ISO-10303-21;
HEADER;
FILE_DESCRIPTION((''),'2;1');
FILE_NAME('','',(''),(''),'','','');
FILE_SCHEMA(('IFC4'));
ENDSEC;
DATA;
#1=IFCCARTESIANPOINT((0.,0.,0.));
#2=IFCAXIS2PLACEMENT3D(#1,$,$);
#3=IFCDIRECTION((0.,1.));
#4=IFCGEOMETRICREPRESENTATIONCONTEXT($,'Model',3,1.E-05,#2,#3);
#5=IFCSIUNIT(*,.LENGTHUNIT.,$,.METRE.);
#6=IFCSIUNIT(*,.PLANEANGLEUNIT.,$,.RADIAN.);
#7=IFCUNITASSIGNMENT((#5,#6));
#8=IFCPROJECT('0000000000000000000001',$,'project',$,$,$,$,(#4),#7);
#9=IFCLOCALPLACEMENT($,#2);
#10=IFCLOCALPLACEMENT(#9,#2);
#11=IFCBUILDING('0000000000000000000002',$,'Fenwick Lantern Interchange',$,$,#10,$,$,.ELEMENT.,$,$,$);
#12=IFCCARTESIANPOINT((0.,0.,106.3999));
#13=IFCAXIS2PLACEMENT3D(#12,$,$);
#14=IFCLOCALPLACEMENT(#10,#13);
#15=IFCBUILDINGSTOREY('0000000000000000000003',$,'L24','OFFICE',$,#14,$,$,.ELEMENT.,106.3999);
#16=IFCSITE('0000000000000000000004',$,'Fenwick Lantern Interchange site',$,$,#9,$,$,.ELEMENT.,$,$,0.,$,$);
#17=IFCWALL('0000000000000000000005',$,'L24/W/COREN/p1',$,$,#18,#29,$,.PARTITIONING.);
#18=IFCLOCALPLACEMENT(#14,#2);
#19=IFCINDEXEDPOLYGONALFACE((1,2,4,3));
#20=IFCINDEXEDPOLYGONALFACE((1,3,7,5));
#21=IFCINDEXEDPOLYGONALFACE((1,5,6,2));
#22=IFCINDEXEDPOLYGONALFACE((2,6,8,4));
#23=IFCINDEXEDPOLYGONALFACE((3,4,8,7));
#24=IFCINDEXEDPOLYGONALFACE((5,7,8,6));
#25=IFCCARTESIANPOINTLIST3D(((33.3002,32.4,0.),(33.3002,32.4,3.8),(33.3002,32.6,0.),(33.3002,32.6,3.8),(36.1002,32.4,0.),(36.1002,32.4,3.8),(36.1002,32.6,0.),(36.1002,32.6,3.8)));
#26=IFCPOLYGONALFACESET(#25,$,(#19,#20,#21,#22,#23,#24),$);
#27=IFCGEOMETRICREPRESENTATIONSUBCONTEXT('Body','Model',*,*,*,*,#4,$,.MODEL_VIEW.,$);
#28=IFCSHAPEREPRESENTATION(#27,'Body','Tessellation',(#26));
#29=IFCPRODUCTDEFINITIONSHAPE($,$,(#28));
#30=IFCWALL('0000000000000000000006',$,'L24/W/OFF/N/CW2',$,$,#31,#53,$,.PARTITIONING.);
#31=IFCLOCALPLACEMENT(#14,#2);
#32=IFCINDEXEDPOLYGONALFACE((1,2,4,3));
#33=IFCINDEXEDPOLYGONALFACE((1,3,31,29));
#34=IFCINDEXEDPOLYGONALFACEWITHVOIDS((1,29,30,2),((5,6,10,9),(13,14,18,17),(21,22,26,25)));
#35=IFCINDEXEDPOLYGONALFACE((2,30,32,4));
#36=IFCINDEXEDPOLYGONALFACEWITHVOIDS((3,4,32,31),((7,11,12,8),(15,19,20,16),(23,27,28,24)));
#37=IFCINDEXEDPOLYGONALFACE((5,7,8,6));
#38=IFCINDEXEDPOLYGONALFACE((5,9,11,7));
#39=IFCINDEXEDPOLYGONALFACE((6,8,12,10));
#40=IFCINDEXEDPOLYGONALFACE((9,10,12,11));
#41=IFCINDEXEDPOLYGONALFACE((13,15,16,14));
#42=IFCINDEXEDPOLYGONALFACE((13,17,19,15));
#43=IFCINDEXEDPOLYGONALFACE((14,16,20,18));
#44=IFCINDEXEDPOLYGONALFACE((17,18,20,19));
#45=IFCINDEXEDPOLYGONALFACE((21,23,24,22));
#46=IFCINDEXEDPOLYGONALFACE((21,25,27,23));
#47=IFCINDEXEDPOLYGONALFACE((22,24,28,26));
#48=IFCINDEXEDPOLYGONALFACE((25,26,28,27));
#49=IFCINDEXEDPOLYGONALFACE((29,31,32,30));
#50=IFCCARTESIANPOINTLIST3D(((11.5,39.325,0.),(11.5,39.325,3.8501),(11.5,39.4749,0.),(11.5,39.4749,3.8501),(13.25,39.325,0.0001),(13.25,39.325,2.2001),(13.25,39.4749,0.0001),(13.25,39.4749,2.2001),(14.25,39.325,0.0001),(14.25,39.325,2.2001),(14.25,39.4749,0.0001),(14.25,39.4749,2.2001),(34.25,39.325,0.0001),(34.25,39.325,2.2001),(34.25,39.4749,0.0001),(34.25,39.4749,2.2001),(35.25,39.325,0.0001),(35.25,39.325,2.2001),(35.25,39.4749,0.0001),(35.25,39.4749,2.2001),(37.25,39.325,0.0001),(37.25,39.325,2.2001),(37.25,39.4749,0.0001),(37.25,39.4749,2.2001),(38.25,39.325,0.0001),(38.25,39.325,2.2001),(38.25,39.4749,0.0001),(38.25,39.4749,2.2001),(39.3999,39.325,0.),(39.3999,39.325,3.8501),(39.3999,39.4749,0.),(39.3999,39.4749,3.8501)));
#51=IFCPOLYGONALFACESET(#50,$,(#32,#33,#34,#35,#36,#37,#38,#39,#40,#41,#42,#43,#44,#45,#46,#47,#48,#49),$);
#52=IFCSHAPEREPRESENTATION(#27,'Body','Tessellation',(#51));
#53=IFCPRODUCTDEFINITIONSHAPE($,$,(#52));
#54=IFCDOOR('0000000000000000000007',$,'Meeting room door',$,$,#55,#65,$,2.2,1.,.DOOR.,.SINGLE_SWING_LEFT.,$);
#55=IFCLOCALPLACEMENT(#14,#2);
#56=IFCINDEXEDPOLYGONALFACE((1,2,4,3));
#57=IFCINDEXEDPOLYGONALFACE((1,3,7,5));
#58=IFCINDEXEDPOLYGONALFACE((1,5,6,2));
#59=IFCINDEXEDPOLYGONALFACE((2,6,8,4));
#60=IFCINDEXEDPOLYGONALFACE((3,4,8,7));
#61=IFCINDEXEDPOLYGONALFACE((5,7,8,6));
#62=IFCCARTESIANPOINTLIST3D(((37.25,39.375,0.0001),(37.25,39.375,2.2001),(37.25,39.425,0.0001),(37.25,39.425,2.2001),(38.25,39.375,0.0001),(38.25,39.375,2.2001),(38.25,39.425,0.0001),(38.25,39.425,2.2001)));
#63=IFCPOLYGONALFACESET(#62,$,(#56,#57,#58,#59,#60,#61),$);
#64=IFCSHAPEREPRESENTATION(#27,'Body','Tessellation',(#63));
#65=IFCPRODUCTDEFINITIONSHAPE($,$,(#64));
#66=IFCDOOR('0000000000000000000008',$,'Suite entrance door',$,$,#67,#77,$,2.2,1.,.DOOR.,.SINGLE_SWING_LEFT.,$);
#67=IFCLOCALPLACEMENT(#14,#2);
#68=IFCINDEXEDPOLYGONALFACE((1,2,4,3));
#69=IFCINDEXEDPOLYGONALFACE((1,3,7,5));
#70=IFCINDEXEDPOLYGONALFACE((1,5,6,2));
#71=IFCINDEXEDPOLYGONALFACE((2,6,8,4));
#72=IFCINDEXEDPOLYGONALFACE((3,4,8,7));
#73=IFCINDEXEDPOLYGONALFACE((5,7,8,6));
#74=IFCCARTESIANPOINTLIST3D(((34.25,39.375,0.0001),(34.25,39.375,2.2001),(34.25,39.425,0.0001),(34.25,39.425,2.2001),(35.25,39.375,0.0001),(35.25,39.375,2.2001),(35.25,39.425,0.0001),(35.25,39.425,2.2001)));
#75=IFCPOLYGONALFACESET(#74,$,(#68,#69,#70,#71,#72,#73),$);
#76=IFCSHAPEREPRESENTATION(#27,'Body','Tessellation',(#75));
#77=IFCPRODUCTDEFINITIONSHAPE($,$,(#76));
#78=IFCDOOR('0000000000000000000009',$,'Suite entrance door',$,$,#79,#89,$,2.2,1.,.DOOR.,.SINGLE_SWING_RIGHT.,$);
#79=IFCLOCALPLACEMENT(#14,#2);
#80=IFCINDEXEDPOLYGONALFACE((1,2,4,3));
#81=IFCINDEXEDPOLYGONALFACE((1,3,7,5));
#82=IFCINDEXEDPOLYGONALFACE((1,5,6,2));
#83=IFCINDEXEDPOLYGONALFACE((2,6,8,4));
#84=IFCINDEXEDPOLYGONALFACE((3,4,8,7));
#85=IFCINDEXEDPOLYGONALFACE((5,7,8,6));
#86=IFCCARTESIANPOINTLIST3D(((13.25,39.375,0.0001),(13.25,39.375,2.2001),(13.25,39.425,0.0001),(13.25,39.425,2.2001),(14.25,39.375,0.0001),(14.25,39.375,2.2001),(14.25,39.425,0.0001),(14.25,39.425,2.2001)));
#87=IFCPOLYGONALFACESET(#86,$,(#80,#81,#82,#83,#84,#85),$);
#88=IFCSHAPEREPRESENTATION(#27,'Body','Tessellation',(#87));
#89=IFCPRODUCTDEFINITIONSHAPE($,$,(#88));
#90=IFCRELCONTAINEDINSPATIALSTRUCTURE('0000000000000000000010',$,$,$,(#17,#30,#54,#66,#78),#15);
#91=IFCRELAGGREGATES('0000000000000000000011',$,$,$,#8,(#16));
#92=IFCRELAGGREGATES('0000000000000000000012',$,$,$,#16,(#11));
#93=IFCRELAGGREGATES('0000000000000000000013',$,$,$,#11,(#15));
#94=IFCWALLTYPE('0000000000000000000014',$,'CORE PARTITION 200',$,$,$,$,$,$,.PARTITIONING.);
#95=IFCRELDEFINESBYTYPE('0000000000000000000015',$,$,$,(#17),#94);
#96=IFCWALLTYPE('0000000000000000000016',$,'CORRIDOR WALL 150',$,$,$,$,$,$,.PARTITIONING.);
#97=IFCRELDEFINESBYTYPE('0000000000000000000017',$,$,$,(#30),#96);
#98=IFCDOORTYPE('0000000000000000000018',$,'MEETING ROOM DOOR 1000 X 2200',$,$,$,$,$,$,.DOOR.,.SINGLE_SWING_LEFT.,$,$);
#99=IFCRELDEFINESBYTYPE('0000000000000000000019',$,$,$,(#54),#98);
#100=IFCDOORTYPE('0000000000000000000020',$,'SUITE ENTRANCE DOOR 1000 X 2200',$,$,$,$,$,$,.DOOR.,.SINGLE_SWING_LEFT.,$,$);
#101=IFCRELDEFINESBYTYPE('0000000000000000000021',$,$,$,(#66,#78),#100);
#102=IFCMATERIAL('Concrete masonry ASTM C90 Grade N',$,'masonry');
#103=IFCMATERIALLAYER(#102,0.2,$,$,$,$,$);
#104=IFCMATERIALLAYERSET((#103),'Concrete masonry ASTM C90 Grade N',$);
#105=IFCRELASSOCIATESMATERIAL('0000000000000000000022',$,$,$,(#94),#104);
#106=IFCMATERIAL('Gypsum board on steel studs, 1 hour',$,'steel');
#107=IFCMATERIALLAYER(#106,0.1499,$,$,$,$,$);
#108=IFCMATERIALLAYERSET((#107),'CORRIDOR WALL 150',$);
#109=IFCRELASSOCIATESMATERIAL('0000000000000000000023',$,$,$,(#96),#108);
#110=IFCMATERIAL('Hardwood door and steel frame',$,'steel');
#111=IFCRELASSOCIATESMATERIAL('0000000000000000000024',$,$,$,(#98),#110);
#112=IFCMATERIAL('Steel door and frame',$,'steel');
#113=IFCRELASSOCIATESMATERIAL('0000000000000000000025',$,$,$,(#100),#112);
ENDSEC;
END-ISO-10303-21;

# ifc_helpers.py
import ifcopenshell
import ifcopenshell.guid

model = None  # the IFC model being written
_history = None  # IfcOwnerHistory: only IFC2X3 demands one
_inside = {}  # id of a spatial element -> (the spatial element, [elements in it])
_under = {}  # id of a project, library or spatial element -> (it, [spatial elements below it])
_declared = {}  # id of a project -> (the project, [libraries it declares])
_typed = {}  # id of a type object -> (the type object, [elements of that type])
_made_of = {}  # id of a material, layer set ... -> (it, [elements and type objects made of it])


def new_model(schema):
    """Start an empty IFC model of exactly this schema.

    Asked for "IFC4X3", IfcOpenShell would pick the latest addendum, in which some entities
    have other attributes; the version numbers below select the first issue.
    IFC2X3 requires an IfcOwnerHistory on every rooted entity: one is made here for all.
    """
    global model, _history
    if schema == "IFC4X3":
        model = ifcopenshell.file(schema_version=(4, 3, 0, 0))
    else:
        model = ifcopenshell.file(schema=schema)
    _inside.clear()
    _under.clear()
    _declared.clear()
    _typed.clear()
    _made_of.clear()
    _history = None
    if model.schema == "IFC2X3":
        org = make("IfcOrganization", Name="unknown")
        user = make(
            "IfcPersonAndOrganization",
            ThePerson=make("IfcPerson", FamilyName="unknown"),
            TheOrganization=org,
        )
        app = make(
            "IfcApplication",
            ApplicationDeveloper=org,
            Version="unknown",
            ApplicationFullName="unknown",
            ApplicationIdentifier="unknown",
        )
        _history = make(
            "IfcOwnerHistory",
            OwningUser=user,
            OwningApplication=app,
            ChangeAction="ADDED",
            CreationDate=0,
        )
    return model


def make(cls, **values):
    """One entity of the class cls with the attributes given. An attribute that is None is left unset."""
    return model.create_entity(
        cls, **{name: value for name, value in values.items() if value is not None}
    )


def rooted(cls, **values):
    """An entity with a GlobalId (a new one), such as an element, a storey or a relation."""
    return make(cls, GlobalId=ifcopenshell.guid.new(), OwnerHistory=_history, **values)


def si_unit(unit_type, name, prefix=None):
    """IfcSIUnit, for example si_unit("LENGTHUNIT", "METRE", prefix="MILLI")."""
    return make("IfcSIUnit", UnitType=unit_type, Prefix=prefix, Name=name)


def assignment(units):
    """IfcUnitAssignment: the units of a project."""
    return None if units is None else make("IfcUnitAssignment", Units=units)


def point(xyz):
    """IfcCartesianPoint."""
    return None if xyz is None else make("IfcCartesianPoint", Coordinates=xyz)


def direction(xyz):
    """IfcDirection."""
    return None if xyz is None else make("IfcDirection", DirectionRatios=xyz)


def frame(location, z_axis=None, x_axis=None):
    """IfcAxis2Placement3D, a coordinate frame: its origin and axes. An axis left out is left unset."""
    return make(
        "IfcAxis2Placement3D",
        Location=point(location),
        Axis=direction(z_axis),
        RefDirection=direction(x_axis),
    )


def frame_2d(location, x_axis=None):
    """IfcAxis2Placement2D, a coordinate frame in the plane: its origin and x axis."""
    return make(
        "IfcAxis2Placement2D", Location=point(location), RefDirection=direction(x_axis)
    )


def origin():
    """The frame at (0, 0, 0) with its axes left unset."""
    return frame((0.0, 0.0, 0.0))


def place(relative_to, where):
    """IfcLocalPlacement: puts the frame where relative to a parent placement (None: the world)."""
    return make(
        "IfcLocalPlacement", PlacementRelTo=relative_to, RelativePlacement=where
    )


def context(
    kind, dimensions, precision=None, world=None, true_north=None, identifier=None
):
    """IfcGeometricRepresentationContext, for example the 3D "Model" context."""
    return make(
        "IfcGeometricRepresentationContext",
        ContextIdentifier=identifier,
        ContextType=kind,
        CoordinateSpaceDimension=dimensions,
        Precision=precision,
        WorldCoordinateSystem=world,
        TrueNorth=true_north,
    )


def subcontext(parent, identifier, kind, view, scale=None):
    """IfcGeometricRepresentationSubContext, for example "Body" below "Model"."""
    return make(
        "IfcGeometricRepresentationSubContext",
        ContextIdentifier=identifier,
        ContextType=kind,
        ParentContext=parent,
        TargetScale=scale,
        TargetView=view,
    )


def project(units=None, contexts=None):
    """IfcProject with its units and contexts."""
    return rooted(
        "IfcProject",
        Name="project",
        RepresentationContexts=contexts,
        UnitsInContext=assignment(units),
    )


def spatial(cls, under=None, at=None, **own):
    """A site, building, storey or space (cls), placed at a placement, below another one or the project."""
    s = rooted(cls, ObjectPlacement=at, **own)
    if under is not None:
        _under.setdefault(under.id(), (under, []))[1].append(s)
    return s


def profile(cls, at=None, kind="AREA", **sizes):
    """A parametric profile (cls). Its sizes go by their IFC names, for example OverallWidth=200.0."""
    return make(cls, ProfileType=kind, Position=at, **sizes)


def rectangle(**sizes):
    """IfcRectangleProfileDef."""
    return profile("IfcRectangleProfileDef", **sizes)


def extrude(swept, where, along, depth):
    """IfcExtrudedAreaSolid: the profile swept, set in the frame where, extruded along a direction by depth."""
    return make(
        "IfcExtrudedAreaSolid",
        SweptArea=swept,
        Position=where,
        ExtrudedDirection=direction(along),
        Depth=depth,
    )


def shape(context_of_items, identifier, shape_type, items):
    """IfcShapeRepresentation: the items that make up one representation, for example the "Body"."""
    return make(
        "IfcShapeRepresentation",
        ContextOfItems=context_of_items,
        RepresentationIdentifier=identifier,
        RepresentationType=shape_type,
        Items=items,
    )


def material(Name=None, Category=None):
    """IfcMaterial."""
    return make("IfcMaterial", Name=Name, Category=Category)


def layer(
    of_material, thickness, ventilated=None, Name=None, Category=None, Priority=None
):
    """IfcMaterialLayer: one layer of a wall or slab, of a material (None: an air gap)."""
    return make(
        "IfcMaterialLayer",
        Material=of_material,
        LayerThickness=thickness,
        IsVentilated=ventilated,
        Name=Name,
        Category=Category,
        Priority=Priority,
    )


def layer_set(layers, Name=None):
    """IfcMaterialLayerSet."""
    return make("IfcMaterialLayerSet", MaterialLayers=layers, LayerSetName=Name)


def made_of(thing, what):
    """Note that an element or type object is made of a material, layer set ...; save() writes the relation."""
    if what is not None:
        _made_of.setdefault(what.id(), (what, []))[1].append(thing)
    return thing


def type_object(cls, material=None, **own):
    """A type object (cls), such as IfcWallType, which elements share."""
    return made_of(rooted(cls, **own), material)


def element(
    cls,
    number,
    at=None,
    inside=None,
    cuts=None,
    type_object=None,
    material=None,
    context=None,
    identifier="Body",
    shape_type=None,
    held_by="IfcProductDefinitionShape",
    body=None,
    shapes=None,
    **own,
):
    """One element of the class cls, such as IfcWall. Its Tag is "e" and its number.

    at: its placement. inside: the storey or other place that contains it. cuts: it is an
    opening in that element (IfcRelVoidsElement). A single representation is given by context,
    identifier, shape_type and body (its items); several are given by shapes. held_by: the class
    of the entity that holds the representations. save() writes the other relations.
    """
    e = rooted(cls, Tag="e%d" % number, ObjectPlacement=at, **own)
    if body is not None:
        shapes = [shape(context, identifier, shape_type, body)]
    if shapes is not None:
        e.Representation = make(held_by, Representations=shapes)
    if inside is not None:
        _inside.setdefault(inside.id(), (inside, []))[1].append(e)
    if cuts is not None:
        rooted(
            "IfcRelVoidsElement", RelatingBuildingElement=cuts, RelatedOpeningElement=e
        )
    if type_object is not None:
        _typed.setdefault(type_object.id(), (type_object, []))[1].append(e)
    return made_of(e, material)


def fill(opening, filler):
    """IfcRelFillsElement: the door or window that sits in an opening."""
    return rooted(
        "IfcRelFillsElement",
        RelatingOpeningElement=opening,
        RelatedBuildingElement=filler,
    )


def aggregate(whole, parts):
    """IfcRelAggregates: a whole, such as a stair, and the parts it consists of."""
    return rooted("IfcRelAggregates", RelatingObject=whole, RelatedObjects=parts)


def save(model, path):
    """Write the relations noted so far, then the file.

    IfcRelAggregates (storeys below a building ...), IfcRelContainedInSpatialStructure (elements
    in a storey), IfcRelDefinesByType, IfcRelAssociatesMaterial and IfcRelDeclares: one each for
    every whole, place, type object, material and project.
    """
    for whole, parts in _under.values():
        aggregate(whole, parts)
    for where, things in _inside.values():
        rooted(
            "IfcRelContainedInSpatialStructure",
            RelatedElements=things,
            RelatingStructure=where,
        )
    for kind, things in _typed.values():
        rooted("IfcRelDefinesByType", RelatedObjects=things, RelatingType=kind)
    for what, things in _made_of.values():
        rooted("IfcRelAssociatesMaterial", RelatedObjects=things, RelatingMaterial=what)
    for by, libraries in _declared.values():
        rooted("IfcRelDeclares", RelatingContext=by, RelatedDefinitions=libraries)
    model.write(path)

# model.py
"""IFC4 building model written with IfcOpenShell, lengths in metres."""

from ifc_helpers import new_model, si_unit, direction, frame, frame_2d, origin, place, context, subcontext, project, spatial, rectangle, extrude, material, layer, layer_set, type_object, element, fill, save


model = new_model("IFC4")

# Units and contexts
model_context = context("Model", 3, precision=1e-05, world=origin(), true_north=direction((0.0, 1.0)))
body_context = subcontext(model_context, "Body", "Model", "MODEL_VIEW")
ifc_project = project(units=[si_unit("LENGTHUNIT", "METRE"), si_unit("PLANEANGLEUNIT", "RADIAN")], contexts=[model_context])

# Site, building, storey
site_placement = place(None, origin())
site = spatial("IfcSite", under=ifc_project, at=site_placement, Name="Fenwick Lantern Interchange site", CompositionType="ELEMENT", RefElevation=0.0)
building_placement = place(site_placement, origin())
building = spatial("IfcBuilding", under=site, at=building_placement, Name="Fenwick Lantern Interchange", CompositionType="ELEMENT")
storey_placement = place(building_placement, frame((0.0, 0.0, 106.3999)))
storey = spatial("IfcBuildingStorey", under=building, at=storey_placement, Name="L24", Description="OFFICE", CompositionType="ELEMENT", Elevation=106.3999)

# Wall
ifc_material_1 = material(Name="Concrete masonry ASTM C90 Grade N", Category="masonry")
ifc_layer_1 = layer(ifc_material_1, 0.2)
ifc_layer_set_1 = layer_set([ifc_layer_1], Name="Concrete masonry ASTM C90 Grade N")
wall_type_1 = type_object("IfcWallType", Name="CORE PARTITION 200", PredefinedType="PARTITIONING", material=ifc_layer_set_1)
for number, where, z_axis, x_axis, name in (
    (1, (36.1001, 32.5, 0.0), (0.0, 0.0, 1.0), (-1.0, 0.0, 0.0), "L24/W/COREN/p1"),
):
    element("IfcWall", number, at=place(storey_placement, frame(where, z_axis=z_axis, x_axis=x_axis)), inside=storey, type_object=wall_type_1, Name=name, PredefinedType="PARTITIONING", context=body_context, shape_type="SweptSolid", body=[
        extrude(rectangle(XDim=2.8, YDim=0.2, at=frame_2d((1.3999, 0.0))), origin(), (0.0, 0.0, 1.0), 3.8),
    ])

# Wall, openings, doors
ifc_material_2 = material(Name="Steel door and frame", Category="steel")
ifc_material_3 = material(Name="Hardwood door and steel frame", Category="steel")
ifc_material_4 = material(Name="Gypsum board on steel studs, 1 hour", Category="steel")
ifc_layer_2 = layer(ifc_material_4, 0.1499)
ifc_layer_set_2 = layer_set([ifc_layer_2], Name="CORRIDOR WALL 150")
wall_type_2 = type_object("IfcWallType", Name="CORRIDOR WALL 150", PredefinedType="PARTITIONING", material=ifc_layer_set_2)
wall_1_placement = place(storey_placement, frame((39.3999, 39.3999, 0.0), z_axis=(0.0, 0.0, 1.0), x_axis=(-1.0, 0.0, 0.0)))
wall_1 = element("IfcWall", 2, at=wall_1_placement, inside=storey, type_object=wall_type_2, Name="L24/W/OFF/N/CW2", PredefinedType="PARTITIONING", context=body_context, shape_type="SweptSolid", body=[
    extrude(rectangle(XDim=27.8999, YDim=0.1499, at=frame_2d((13.95, 0.0))), origin(), (0.0, 0.0, 1.0), 3.8501),
])
opening_1_placement = place(wall_1_placement, frame((4.1499, 0.0, 0.0)))
opening_1 = element("IfcOpeningElement", 3, at=opening_1_placement, cuts=wall_1, PredefinedType="OPENING", context=body_context, shape_type="SweptSolid", body=[
    extrude(rectangle(XDim=1.0, YDim=2.2, at=frame_2d((0.5, 1.1001))), frame((0.0, 0.085, 0.0), z_axis=(0.0, -1.0, 0.0), x_axis=(1.0, 0.0, 0.0)), (0.0, 0.0, 1.0), 0.1699),
])
opening_2_placement = place(wall_1_placement, frame((25.1499, 0.0, 0.0)))
opening_2 = element("IfcOpeningElement", 4, at=opening_2_placement, cuts=wall_1, PredefinedType="OPENING", context=body_context, shape_type="SweptSolid", body=[
    extrude(rectangle(XDim=1.0, YDim=2.2, at=frame_2d((0.5, 1.1001))), frame((0.0, 0.085, 0.0), z_axis=(0.0, -1.0, 0.0), x_axis=(1.0, 0.0, 0.0)), (0.0, 0.0, 1.0), 0.1699),
])
opening_3_placement = place(wall_1_placement, frame((1.1499, 0.0, 0.0)))
opening_3 = element("IfcOpeningElement", 5, at=opening_3_placement, cuts=wall_1, PredefinedType="OPENING", context=body_context, shape_type="SweptSolid", body=[
    extrude(rectangle(XDim=1.0, YDim=2.2, at=frame_2d((0.5, 1.1001))), frame((0.0, 0.085, 0.0), z_axis=(0.0, -1.0, 0.0), x_axis=(1.0, 0.0, 0.0)), (0.0, 0.0, 1.0), 0.1699),
])
door_type_1 = type_object("IfcDoorType", Name="MEETING ROOM DOOR 1000 X 2200", OperationType="SINGLE_SWING_LEFT", PredefinedType="DOOR", material=ifc_material_3)
door_1_placement = place(opening_3_placement, origin())
door_1 = element("IfcDoor", 6, at=door_1_placement, inside=storey, type_object=door_type_1, Name="Meeting room door", OperationType="SINGLE_SWING_LEFT", OverallHeight=2.2, OverallWidth=1.0, PredefinedType="DOOR", context=body_context, shape_type="SweptSolid", body=[
    extrude(rectangle(XDim=1.0, YDim=2.2, at=frame_2d((0.5, 1.1001))), frame((0.0, 0.0249, 0.0), z_axis=(0.0, -1.0, 0.0), x_axis=(1.0, 0.0, 0.0)), (0.0, 0.0, 1.0), 0.05),
])
fill(opening_3, door_1)
door_type_2 = type_object("IfcDoorType", Name="SUITE ENTRANCE DOOR 1000 X 2200", OperationType="SINGLE_SWING_LEFT", PredefinedType="DOOR", material=ifc_material_2)
door_2_placement = place(opening_1_placement, origin())
door_2 = element("IfcDoor", 7, at=door_2_placement, inside=storey, type_object=door_type_2, Name="Suite entrance door", OperationType="SINGLE_SWING_LEFT", OverallHeight=2.2, OverallWidth=1.0, PredefinedType="DOOR", context=body_context, shape_type="SweptSolid", body=[
    extrude(rectangle(XDim=1.0, YDim=2.2, at=frame_2d((0.5, 1.1001))), frame((0.0, 0.0249, 0.0), z_axis=(0.0, -1.0, 0.0), x_axis=(1.0, 0.0, 0.0)), (0.0, 0.0, 1.0), 0.05),
])
fill(opening_1, door_2)
door_3_placement = place(opening_2_placement, origin())
door_3 = element("IfcDoor", 8, at=door_3_placement, inside=storey, type_object=door_type_2, Name="Suite entrance door", OperationType="SINGLE_SWING_RIGHT", OverallHeight=2.2, OverallWidth=1.0, PredefinedType="DOOR", context=body_context, shape_type="SweptSolid", body=[
    extrude(rectangle(XDim=1.0, YDim=2.2, at=frame_2d((0.5, 1.1001))), frame((0.0, 0.0249, 0.0), z_axis=(0.0, -1.0, 0.0), x_axis=(1.0, 0.0, 0.0)), (0.0, 0.0, 1.0), 0.05),
])
fill(opening_2, door_3)

save(model, "model.ifc")
